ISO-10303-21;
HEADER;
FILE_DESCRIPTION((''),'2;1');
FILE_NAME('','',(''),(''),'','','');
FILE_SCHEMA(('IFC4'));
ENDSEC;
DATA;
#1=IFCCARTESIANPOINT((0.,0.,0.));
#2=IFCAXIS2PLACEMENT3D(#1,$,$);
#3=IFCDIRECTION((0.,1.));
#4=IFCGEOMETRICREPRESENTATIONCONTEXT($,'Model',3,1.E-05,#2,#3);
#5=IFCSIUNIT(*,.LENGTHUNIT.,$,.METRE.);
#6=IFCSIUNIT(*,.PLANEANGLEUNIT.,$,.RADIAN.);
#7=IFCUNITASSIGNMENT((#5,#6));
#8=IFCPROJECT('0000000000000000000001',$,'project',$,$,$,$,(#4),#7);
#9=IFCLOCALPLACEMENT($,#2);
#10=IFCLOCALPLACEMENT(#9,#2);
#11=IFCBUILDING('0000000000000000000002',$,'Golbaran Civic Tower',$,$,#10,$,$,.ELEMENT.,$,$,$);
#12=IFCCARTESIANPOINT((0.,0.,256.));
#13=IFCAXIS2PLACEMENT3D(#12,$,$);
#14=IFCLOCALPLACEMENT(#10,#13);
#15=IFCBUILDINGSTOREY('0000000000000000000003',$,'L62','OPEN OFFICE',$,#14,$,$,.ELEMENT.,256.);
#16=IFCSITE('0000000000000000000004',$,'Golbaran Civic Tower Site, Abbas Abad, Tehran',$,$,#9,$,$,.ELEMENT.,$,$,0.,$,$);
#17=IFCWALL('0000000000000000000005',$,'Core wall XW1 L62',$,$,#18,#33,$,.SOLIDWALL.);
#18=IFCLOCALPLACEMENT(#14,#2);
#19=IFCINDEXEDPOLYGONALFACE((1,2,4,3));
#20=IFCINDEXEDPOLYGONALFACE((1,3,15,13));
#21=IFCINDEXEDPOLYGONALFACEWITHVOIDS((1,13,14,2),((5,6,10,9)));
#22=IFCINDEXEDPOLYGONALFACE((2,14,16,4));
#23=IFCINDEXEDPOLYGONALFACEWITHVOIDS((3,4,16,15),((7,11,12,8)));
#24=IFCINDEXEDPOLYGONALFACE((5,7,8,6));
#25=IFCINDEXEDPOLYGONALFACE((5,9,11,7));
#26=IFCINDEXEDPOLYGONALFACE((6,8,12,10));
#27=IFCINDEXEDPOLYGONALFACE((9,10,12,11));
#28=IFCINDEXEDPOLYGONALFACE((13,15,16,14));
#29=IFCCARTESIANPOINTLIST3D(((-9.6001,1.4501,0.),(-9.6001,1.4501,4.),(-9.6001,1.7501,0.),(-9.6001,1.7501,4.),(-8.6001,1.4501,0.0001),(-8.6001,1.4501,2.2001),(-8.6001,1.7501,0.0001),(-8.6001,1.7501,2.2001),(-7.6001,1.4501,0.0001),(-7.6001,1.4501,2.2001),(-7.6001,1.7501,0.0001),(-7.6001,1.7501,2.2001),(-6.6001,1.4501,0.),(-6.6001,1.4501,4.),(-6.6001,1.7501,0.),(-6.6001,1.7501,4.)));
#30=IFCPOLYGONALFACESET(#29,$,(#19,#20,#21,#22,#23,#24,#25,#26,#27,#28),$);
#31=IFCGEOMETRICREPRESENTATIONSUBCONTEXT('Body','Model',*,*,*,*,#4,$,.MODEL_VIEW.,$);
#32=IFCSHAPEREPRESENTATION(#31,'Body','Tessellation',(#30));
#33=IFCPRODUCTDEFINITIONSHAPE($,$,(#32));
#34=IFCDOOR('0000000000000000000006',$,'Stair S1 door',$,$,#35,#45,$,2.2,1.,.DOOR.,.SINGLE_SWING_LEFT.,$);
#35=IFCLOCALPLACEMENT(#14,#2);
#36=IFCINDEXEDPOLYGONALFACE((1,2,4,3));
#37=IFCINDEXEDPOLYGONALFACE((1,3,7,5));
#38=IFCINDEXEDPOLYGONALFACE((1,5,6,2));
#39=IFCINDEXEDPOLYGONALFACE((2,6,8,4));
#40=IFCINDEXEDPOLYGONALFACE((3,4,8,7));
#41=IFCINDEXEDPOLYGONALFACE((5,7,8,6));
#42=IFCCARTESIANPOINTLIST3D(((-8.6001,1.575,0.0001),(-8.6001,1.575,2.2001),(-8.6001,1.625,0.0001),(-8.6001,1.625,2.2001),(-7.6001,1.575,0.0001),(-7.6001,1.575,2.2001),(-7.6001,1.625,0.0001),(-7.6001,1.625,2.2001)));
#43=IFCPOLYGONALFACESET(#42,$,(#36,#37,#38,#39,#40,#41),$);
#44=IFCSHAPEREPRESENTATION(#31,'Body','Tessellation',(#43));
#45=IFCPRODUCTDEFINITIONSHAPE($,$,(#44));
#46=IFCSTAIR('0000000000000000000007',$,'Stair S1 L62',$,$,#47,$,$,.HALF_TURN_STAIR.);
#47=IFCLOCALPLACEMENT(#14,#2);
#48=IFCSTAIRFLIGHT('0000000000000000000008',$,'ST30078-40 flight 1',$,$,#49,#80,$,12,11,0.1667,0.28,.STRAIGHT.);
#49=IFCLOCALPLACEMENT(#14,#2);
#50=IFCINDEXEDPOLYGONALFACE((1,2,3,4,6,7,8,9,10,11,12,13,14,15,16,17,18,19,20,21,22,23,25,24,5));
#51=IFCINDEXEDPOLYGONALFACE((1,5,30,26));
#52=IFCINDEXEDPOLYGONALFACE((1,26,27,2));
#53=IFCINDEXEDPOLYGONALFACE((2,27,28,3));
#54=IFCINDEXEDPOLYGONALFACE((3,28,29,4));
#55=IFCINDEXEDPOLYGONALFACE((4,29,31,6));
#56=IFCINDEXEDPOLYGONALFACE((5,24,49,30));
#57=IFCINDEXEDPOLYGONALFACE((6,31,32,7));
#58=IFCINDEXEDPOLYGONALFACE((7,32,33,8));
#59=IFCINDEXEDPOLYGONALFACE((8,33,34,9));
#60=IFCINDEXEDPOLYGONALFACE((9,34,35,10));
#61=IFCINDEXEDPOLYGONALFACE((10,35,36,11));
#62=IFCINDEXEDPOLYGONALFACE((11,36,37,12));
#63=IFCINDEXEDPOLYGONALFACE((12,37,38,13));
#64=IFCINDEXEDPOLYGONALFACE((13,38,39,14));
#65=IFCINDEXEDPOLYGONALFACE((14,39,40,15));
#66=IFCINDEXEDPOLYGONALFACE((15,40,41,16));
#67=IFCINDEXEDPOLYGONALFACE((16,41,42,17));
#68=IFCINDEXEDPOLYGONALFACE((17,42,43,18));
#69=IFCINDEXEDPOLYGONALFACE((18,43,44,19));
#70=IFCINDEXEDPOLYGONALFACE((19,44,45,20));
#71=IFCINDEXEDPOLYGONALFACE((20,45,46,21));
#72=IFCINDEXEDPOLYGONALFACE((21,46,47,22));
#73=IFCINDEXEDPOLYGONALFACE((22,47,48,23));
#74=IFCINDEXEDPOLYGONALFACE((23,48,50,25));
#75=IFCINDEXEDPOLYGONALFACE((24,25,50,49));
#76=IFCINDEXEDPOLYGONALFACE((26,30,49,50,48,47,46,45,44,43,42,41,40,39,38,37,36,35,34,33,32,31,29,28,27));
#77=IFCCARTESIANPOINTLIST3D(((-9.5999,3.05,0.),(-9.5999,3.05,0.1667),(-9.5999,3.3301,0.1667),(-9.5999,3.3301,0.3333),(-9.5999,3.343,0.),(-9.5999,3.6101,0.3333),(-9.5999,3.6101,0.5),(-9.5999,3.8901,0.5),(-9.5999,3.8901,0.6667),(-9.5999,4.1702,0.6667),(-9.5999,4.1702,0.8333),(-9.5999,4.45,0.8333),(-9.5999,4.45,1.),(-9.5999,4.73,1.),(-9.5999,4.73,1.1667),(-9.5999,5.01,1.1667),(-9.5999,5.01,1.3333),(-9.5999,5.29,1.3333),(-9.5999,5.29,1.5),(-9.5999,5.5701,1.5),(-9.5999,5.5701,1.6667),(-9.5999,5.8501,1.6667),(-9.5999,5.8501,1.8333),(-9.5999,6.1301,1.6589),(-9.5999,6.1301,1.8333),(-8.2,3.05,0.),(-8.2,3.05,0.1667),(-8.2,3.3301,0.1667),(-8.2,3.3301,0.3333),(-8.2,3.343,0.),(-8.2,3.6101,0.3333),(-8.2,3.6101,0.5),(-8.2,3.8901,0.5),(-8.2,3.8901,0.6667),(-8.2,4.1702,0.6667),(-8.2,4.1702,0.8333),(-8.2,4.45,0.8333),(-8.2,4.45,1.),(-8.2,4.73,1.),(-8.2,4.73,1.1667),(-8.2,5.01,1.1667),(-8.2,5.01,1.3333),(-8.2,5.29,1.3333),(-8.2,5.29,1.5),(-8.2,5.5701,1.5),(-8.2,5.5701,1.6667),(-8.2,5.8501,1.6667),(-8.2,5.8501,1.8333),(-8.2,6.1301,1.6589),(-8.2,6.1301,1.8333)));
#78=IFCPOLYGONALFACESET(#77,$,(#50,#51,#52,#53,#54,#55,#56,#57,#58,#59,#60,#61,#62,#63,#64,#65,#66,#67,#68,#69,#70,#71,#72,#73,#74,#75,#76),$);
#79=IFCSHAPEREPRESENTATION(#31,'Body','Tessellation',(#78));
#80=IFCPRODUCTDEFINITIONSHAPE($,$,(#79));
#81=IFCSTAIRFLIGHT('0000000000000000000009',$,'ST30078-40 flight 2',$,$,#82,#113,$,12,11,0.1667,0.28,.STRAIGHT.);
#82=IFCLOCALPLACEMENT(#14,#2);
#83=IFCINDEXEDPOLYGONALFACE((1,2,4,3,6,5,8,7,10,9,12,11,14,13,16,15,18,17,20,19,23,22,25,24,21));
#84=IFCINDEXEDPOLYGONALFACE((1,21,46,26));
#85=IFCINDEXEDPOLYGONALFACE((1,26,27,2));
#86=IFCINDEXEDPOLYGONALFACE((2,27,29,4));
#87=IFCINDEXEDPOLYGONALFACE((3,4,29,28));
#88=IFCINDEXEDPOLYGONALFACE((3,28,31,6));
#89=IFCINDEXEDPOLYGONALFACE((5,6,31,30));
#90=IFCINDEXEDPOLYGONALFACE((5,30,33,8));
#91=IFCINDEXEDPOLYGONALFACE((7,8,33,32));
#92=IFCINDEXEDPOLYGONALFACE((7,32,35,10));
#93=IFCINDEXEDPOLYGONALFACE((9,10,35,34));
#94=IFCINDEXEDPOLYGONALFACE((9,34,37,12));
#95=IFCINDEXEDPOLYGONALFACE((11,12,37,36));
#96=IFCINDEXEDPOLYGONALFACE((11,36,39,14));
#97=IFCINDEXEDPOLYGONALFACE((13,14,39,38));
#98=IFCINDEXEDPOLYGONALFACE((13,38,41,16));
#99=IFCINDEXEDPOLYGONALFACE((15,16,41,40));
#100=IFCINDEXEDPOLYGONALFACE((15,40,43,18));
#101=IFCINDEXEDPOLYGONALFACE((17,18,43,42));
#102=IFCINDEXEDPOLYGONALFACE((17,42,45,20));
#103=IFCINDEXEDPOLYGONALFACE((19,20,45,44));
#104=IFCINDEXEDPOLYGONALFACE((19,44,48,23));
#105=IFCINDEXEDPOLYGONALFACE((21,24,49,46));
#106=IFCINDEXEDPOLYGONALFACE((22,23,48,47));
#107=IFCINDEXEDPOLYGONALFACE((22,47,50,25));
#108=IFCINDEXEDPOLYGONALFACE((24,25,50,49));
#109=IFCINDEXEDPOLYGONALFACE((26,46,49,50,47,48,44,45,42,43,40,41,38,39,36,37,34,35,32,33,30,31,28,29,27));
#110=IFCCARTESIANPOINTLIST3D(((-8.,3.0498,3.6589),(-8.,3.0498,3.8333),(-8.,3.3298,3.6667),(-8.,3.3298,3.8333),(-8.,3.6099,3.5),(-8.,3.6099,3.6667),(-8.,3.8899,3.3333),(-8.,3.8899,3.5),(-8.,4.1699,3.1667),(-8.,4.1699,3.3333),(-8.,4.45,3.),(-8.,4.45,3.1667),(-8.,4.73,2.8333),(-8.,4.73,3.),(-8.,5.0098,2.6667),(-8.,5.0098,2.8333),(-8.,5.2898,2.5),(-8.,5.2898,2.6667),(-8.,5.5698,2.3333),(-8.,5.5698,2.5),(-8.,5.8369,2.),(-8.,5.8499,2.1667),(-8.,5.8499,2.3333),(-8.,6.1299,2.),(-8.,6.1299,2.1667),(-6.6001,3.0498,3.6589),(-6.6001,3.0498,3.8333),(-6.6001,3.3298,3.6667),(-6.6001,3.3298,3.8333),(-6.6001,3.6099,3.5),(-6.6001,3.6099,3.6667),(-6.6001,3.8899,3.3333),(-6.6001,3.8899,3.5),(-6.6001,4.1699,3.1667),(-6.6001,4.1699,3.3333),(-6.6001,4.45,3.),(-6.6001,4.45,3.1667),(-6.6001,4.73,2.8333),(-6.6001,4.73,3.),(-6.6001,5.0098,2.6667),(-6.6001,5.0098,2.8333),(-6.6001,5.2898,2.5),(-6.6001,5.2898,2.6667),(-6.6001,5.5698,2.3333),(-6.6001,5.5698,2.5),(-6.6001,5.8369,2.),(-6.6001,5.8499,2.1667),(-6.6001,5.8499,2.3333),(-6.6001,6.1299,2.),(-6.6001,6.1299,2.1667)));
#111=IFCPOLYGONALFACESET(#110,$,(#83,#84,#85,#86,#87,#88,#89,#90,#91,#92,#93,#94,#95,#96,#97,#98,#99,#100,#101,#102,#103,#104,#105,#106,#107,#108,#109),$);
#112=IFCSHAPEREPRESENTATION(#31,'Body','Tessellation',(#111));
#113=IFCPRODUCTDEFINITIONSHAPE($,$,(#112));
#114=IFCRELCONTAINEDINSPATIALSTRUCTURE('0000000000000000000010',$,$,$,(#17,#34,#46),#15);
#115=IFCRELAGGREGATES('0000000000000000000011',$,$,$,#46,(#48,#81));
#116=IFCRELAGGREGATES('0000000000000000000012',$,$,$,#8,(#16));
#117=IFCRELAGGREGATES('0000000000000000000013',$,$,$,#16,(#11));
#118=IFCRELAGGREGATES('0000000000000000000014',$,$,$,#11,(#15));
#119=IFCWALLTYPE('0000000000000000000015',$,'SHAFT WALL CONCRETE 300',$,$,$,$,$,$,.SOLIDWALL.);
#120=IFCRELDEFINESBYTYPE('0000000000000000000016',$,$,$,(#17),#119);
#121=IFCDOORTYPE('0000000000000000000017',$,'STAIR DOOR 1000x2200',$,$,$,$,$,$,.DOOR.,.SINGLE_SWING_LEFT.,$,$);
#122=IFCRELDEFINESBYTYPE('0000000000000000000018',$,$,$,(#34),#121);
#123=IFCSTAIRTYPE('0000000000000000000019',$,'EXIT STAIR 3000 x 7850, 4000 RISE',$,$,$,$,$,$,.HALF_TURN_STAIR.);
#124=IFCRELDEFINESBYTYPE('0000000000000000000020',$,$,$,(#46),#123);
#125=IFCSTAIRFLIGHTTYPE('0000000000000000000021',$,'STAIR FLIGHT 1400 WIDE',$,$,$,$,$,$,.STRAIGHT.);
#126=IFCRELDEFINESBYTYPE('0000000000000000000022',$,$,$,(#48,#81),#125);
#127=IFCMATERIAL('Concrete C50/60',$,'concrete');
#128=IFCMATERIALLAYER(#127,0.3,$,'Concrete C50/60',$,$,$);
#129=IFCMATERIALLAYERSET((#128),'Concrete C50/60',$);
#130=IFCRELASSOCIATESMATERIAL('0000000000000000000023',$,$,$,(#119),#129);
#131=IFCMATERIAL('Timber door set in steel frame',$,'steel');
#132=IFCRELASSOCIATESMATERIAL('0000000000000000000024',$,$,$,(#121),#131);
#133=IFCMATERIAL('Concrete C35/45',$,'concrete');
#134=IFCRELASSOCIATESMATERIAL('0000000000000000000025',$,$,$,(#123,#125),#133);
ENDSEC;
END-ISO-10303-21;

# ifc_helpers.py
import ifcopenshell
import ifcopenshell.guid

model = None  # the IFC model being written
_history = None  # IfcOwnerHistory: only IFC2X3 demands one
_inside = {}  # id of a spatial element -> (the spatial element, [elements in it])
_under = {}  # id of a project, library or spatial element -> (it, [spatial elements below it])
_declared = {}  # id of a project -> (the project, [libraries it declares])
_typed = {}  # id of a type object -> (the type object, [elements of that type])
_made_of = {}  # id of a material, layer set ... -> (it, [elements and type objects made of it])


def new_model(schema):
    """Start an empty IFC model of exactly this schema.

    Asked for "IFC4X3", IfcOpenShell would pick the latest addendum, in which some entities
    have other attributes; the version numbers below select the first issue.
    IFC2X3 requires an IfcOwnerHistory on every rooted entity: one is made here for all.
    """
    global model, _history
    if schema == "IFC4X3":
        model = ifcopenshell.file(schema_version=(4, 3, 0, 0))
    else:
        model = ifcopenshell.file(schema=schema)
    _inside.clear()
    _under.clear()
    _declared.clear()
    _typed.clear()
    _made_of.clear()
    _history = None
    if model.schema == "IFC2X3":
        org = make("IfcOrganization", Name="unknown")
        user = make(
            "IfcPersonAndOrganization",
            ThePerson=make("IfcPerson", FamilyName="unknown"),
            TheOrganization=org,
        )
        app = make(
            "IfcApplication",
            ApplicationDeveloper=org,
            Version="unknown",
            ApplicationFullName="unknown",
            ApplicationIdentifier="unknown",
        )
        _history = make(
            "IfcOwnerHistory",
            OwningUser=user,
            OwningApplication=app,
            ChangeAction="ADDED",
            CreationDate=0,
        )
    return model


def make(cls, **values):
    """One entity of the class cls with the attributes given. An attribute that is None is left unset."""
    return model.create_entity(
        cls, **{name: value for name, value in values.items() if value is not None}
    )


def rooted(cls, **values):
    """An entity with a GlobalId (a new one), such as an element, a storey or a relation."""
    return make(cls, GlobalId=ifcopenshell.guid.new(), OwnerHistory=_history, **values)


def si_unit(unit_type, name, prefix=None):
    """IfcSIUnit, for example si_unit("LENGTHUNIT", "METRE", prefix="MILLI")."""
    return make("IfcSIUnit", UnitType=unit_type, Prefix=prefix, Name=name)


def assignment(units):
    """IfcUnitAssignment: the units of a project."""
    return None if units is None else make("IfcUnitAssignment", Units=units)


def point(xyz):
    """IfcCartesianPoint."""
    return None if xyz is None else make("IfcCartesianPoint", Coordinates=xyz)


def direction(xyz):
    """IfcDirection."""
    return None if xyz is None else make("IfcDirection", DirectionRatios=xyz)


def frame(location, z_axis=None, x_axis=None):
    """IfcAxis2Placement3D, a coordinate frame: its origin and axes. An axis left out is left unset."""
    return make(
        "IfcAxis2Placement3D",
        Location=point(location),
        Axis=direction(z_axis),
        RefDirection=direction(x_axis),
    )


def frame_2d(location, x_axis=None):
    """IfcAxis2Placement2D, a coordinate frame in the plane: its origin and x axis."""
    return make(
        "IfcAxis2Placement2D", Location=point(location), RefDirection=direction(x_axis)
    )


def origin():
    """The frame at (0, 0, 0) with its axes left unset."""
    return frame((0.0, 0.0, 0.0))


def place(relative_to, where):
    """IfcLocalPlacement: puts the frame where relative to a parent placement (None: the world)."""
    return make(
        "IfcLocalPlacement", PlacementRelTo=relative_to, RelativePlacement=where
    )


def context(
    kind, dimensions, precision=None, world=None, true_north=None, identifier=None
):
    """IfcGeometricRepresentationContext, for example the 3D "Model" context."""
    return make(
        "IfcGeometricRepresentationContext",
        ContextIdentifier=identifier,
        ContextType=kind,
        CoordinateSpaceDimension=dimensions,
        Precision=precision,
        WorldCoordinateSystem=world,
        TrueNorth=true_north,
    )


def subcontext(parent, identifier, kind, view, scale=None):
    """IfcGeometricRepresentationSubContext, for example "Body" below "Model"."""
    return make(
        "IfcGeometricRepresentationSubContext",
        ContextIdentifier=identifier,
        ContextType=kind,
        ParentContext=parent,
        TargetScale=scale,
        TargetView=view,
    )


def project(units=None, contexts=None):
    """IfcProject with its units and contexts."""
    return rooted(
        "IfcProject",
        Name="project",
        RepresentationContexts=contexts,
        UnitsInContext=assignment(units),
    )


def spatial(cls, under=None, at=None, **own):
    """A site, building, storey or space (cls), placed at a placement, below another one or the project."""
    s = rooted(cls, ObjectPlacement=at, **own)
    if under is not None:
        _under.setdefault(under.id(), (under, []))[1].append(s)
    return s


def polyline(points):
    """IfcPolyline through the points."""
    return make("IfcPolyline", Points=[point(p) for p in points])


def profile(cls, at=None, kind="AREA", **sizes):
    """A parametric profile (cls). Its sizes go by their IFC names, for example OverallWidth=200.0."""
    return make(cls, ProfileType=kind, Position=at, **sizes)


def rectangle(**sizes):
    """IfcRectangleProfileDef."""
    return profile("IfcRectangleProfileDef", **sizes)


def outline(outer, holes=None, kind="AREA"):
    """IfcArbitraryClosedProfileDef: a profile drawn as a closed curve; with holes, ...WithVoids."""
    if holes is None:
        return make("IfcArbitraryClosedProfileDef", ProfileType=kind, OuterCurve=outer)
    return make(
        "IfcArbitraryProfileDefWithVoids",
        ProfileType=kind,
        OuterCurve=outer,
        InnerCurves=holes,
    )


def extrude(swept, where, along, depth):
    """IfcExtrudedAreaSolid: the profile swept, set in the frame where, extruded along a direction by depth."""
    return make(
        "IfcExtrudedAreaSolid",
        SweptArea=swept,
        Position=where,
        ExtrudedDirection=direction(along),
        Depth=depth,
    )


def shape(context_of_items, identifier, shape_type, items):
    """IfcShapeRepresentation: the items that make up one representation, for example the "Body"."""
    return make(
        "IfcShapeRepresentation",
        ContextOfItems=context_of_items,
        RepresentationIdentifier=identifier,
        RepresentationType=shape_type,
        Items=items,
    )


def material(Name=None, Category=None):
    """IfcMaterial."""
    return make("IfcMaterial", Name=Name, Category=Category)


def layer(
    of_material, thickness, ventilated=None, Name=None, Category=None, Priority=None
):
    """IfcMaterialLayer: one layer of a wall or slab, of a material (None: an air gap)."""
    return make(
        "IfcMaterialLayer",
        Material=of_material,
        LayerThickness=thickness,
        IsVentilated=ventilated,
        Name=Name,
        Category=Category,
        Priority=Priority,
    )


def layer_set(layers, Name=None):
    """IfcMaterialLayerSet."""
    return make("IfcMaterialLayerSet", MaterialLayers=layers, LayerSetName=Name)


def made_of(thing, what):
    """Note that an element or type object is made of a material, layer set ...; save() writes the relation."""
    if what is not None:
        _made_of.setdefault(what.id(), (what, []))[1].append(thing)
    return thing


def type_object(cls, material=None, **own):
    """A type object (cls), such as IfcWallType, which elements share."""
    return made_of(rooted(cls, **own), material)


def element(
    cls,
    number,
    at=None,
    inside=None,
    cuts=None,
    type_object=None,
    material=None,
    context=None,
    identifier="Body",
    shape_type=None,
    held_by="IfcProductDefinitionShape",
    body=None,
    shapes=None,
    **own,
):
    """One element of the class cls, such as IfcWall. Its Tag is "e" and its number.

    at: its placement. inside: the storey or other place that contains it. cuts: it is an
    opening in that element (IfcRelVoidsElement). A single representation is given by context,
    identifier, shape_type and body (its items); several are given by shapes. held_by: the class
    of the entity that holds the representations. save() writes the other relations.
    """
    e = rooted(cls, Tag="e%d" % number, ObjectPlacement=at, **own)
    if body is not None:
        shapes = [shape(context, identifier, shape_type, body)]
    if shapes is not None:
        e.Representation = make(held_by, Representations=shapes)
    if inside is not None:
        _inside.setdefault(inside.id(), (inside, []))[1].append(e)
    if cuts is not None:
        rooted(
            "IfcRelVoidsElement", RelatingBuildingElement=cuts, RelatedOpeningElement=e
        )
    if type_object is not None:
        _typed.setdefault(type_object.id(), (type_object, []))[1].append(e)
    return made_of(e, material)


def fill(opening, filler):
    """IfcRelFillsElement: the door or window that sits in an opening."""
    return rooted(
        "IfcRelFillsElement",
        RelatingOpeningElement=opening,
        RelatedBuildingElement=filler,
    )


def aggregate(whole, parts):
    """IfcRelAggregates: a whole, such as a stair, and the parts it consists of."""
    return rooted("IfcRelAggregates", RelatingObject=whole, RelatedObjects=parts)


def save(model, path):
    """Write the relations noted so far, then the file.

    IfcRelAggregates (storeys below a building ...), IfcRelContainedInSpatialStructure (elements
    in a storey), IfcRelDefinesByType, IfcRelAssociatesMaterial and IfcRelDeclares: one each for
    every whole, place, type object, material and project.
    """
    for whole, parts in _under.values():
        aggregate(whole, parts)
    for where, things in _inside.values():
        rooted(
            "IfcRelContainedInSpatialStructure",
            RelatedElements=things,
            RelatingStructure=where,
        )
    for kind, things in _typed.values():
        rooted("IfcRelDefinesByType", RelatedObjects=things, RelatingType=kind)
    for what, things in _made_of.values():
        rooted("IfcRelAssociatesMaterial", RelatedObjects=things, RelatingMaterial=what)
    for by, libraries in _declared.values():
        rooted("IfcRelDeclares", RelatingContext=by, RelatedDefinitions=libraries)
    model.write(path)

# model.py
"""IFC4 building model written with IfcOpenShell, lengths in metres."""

from ifc_helpers import new_model, si_unit, direction, frame, frame_2d, origin, place, context, subcontext, project, spatial, polyline, rectangle, outline, extrude, material, layer, layer_set, type_object, element, fill, aggregate, save


model = new_model("IFC4")

# Units and contexts
model_context = context("Model", 3, precision=1e-05, world=origin(), true_north=direction((0.0, 1.0)))
body_context = subcontext(model_context, "Body", "Model", "MODEL_VIEW")
ifc_project = project(units=[si_unit("LENGTHUNIT", "METRE"), si_unit("PLANEANGLEUNIT", "RADIAN")], contexts=[model_context])

# Site, building, storey
site_placement = place(None, origin())
site = spatial("IfcSite", under=ifc_project, at=site_placement, Name="Golbaran Civic Tower Site, Abbas Abad, Tehran", CompositionType="ELEMENT", RefElevation=0.0)
building_placement = place(site_placement, origin())
building = spatial("IfcBuilding", under=site, at=building_placement, Name="Golbaran Civic Tower", CompositionType="ELEMENT")
storey_placement = place(building_placement, frame((0.0, 0.0, 256.0)))
storey = spatial("IfcBuildingStorey", under=building, at=storey_placement, Name="L62", Description="OPEN OFFICE", CompositionType="ELEMENT", Elevation=256.0)

# Shared definitions
ifc_material_1 = material(Name="Concrete C50/60", Category="concrete")
ifc_material_2 = material(Name="Timber door set in steel frame", Category="steel")

# Shared definitions
ifc_layer_1 = layer(ifc_material_1, 0.3, Name="Concrete C50/60")
ifc_layer_set_1 = layer_set([ifc_layer_1], Name="Concrete C50/60")
wall_type_1 = type_object("IfcWallType", Name="SHAFT WALL CONCRETE 300", PredefinedType="SOLIDWALL", material=ifc_layer_set_1)

# Wall, opening, door
wall_1_placement = place(storey_placement, frame((-9.6001, 1.6001, 0.0), z_axis=(0.0, 0.0, 1.0), x_axis=(1.0, 0.0, 0.0)))
wall_1 = element("IfcWall", 1, at=wall_1_placement, inside=storey, type_object=wall_type_1, Name="Core wall XW1 L62", PredefinedType="SOLIDWALL", context=body_context, shape_type="SweptSolid", body=[
    extrude(rectangle(XDim=3.0, YDim=0.3, at=frame_2d((1.5, 0.0))), origin(), (0.0, 0.0, 1.0), 4.0),
])
opening_1_placement = place(wall_1_placement, frame((1.0, 0.0, 0.0)))
opening_1 = element("IfcOpeningElement", 2, at=opening_1_placement, cuts=wall_1, PredefinedType="OPENING", context=body_context, shape_type="SweptSolid", body=[
    extrude(rectangle(XDim=1.0, YDim=2.2, at=frame_2d((0.5, 1.1001))), frame((0.0, 0.1599, 0.0), z_axis=(0.0, -1.0, 0.0), x_axis=(1.0, 0.0, 0.0)), (0.0, 0.0, 1.0), 0.3201),
])
door_type_1 = type_object("IfcDoorType", Name="STAIR DOOR 1000x2200", OperationType="SINGLE_SWING_LEFT", PredefinedType="DOOR", material=ifc_material_2)
door_1_placement = place(opening_1_placement, origin())
door_1 = element("IfcDoor", 3, at=door_1_placement, inside=storey, type_object=door_type_1, Name="Stair S1 door", OperationType="SINGLE_SWING_LEFT", OverallHeight=2.2, OverallWidth=1.0, PredefinedType="DOOR", context=body_context, shape_type="SweptSolid", body=[
    extrude(rectangle(XDim=1.0, YDim=2.2, at=frame_2d((0.5, 1.1001))), frame((0.0, 0.0249, 0.0), z_axis=(0.0, -1.0, 0.0), x_axis=(1.0, 0.0, 0.0)), (0.0, 0.0, 1.0), 0.05),
])
fill(opening_1, door_1)

# Stair, stair flights
ifc_material_3 = material(Name="Concrete C35/45", Category="concrete")
stair_type = type_object("IfcStairType", Name="EXIT STAIR 3000 x 7850, 4000 RISE", PredefinedType="HALF_TURN_STAIR", material=ifc_material_3)
stair_placement = place(storey_placement, origin())
stair = element("IfcStair", 4, at=stair_placement, inside=storey, type_object=stair_type, Name="Stair S1 L62", PredefinedType="HALF_TURN_STAIR")
stair_flight_type = type_object("IfcStairFlightType", Name="STAIR FLIGHT 1400 WIDE", PredefinedType="STRAIGHT", material=ifc_material_3)
stair_flight_1_placement = place(storey_placement, frame((-8.8999, 3.05, 0.0), z_axis=(0.0, 0.0, 1.0), x_axis=(0.0, 1.0, 0.0)))
stair_flight_1 = element("IfcStairFlight", 5, at=stair_flight_1_placement, type_object=stair_flight_type, Name="ST30078-40 flight 1", NumberOfRisers=12, NumberOfTreads=11, PredefinedType="STRAIGHT", RiserHeight=0.1667, TreadLength=0.28, context=body_context, shape_type="SweptSolid", body=[
    extrude(outline(polyline([(0.0, 0.0), (0.0, 0.1667), (0.28, 0.1667), (0.28, 0.3333), (0.5601, 0.3333), (0.5601, 0.5), (0.8401, 0.5), (0.8401, 0.6667), (1.1201, 0.6667), (1.1201, 0.8333), (1.3999, 0.8333), (1.3999, 1.0), (1.6799, 1.0), (1.6799, 1.1667), (1.96, 1.1667), (1.96, 1.3333), (2.24, 1.3333), (2.24, 1.5), (2.52, 1.5), (2.52, 1.6667), (2.8, 1.6667), (2.8, 1.8333), (3.0801, 1.8333), (3.0801, 2.0), (3.0801, 1.6589), (0.293, 0.0), (0.0, 0.0)])), frame((0.0, 0.7, 0.0), z_axis=(0.0, -1.0, 0.0), x_axis=(1.0, 0.0, 0.0)), (0.0, 0.0, 1.0), 1.3999),
])
stair_flight_2_placement = place(storey_placement, frame((-7.3, 6.1299, 2.0), z_axis=(0.0, 0.0, 1.0), x_axis=(0.0, -1.0, 0.0)))
stair_flight_2 = element("IfcStairFlight", 6, at=stair_flight_2_placement, type_object=stair_flight_type, Name="ST30078-40 flight 2", NumberOfRisers=12, NumberOfTreads=11, PredefinedType="STRAIGHT", RiserHeight=0.1667, TreadLength=0.28, context=body_context, shape_type="SweptSolid", body=[
    extrude(outline(polyline([(0.0, 0.0), (0.0, 0.1667), (0.28, 0.1667), (0.28, 0.3333), (0.5601, 0.3333), (0.5601, 0.5), (0.8401, 0.5), (0.8401, 0.6667), (1.1201, 0.6667), (1.1201, 0.8333), (1.3999, 0.8333), (1.3999, 1.0), (1.6799, 1.0), (1.6799, 1.1667), (1.96, 1.1667), (1.96, 1.3333), (2.24, 1.3333), (2.24, 1.5), (2.52, 1.5), (2.52, 1.6667), (2.8, 1.6667), (2.8, 1.8333), (3.0801, 1.8333), (3.0801, 2.0), (3.0801, 1.6589), (0.293, 0.0), (0.0, 0.0)])), frame((0.0, 0.7, 0.0), z_axis=(0.0, -1.0, 0.0), x_axis=(1.0, 0.0, 0.0)), (0.0, 0.0, 1.0), 1.3999),
])
aggregate(stair, [stair_flight_1, stair_flight_2])

save(model, "model.ifc")
